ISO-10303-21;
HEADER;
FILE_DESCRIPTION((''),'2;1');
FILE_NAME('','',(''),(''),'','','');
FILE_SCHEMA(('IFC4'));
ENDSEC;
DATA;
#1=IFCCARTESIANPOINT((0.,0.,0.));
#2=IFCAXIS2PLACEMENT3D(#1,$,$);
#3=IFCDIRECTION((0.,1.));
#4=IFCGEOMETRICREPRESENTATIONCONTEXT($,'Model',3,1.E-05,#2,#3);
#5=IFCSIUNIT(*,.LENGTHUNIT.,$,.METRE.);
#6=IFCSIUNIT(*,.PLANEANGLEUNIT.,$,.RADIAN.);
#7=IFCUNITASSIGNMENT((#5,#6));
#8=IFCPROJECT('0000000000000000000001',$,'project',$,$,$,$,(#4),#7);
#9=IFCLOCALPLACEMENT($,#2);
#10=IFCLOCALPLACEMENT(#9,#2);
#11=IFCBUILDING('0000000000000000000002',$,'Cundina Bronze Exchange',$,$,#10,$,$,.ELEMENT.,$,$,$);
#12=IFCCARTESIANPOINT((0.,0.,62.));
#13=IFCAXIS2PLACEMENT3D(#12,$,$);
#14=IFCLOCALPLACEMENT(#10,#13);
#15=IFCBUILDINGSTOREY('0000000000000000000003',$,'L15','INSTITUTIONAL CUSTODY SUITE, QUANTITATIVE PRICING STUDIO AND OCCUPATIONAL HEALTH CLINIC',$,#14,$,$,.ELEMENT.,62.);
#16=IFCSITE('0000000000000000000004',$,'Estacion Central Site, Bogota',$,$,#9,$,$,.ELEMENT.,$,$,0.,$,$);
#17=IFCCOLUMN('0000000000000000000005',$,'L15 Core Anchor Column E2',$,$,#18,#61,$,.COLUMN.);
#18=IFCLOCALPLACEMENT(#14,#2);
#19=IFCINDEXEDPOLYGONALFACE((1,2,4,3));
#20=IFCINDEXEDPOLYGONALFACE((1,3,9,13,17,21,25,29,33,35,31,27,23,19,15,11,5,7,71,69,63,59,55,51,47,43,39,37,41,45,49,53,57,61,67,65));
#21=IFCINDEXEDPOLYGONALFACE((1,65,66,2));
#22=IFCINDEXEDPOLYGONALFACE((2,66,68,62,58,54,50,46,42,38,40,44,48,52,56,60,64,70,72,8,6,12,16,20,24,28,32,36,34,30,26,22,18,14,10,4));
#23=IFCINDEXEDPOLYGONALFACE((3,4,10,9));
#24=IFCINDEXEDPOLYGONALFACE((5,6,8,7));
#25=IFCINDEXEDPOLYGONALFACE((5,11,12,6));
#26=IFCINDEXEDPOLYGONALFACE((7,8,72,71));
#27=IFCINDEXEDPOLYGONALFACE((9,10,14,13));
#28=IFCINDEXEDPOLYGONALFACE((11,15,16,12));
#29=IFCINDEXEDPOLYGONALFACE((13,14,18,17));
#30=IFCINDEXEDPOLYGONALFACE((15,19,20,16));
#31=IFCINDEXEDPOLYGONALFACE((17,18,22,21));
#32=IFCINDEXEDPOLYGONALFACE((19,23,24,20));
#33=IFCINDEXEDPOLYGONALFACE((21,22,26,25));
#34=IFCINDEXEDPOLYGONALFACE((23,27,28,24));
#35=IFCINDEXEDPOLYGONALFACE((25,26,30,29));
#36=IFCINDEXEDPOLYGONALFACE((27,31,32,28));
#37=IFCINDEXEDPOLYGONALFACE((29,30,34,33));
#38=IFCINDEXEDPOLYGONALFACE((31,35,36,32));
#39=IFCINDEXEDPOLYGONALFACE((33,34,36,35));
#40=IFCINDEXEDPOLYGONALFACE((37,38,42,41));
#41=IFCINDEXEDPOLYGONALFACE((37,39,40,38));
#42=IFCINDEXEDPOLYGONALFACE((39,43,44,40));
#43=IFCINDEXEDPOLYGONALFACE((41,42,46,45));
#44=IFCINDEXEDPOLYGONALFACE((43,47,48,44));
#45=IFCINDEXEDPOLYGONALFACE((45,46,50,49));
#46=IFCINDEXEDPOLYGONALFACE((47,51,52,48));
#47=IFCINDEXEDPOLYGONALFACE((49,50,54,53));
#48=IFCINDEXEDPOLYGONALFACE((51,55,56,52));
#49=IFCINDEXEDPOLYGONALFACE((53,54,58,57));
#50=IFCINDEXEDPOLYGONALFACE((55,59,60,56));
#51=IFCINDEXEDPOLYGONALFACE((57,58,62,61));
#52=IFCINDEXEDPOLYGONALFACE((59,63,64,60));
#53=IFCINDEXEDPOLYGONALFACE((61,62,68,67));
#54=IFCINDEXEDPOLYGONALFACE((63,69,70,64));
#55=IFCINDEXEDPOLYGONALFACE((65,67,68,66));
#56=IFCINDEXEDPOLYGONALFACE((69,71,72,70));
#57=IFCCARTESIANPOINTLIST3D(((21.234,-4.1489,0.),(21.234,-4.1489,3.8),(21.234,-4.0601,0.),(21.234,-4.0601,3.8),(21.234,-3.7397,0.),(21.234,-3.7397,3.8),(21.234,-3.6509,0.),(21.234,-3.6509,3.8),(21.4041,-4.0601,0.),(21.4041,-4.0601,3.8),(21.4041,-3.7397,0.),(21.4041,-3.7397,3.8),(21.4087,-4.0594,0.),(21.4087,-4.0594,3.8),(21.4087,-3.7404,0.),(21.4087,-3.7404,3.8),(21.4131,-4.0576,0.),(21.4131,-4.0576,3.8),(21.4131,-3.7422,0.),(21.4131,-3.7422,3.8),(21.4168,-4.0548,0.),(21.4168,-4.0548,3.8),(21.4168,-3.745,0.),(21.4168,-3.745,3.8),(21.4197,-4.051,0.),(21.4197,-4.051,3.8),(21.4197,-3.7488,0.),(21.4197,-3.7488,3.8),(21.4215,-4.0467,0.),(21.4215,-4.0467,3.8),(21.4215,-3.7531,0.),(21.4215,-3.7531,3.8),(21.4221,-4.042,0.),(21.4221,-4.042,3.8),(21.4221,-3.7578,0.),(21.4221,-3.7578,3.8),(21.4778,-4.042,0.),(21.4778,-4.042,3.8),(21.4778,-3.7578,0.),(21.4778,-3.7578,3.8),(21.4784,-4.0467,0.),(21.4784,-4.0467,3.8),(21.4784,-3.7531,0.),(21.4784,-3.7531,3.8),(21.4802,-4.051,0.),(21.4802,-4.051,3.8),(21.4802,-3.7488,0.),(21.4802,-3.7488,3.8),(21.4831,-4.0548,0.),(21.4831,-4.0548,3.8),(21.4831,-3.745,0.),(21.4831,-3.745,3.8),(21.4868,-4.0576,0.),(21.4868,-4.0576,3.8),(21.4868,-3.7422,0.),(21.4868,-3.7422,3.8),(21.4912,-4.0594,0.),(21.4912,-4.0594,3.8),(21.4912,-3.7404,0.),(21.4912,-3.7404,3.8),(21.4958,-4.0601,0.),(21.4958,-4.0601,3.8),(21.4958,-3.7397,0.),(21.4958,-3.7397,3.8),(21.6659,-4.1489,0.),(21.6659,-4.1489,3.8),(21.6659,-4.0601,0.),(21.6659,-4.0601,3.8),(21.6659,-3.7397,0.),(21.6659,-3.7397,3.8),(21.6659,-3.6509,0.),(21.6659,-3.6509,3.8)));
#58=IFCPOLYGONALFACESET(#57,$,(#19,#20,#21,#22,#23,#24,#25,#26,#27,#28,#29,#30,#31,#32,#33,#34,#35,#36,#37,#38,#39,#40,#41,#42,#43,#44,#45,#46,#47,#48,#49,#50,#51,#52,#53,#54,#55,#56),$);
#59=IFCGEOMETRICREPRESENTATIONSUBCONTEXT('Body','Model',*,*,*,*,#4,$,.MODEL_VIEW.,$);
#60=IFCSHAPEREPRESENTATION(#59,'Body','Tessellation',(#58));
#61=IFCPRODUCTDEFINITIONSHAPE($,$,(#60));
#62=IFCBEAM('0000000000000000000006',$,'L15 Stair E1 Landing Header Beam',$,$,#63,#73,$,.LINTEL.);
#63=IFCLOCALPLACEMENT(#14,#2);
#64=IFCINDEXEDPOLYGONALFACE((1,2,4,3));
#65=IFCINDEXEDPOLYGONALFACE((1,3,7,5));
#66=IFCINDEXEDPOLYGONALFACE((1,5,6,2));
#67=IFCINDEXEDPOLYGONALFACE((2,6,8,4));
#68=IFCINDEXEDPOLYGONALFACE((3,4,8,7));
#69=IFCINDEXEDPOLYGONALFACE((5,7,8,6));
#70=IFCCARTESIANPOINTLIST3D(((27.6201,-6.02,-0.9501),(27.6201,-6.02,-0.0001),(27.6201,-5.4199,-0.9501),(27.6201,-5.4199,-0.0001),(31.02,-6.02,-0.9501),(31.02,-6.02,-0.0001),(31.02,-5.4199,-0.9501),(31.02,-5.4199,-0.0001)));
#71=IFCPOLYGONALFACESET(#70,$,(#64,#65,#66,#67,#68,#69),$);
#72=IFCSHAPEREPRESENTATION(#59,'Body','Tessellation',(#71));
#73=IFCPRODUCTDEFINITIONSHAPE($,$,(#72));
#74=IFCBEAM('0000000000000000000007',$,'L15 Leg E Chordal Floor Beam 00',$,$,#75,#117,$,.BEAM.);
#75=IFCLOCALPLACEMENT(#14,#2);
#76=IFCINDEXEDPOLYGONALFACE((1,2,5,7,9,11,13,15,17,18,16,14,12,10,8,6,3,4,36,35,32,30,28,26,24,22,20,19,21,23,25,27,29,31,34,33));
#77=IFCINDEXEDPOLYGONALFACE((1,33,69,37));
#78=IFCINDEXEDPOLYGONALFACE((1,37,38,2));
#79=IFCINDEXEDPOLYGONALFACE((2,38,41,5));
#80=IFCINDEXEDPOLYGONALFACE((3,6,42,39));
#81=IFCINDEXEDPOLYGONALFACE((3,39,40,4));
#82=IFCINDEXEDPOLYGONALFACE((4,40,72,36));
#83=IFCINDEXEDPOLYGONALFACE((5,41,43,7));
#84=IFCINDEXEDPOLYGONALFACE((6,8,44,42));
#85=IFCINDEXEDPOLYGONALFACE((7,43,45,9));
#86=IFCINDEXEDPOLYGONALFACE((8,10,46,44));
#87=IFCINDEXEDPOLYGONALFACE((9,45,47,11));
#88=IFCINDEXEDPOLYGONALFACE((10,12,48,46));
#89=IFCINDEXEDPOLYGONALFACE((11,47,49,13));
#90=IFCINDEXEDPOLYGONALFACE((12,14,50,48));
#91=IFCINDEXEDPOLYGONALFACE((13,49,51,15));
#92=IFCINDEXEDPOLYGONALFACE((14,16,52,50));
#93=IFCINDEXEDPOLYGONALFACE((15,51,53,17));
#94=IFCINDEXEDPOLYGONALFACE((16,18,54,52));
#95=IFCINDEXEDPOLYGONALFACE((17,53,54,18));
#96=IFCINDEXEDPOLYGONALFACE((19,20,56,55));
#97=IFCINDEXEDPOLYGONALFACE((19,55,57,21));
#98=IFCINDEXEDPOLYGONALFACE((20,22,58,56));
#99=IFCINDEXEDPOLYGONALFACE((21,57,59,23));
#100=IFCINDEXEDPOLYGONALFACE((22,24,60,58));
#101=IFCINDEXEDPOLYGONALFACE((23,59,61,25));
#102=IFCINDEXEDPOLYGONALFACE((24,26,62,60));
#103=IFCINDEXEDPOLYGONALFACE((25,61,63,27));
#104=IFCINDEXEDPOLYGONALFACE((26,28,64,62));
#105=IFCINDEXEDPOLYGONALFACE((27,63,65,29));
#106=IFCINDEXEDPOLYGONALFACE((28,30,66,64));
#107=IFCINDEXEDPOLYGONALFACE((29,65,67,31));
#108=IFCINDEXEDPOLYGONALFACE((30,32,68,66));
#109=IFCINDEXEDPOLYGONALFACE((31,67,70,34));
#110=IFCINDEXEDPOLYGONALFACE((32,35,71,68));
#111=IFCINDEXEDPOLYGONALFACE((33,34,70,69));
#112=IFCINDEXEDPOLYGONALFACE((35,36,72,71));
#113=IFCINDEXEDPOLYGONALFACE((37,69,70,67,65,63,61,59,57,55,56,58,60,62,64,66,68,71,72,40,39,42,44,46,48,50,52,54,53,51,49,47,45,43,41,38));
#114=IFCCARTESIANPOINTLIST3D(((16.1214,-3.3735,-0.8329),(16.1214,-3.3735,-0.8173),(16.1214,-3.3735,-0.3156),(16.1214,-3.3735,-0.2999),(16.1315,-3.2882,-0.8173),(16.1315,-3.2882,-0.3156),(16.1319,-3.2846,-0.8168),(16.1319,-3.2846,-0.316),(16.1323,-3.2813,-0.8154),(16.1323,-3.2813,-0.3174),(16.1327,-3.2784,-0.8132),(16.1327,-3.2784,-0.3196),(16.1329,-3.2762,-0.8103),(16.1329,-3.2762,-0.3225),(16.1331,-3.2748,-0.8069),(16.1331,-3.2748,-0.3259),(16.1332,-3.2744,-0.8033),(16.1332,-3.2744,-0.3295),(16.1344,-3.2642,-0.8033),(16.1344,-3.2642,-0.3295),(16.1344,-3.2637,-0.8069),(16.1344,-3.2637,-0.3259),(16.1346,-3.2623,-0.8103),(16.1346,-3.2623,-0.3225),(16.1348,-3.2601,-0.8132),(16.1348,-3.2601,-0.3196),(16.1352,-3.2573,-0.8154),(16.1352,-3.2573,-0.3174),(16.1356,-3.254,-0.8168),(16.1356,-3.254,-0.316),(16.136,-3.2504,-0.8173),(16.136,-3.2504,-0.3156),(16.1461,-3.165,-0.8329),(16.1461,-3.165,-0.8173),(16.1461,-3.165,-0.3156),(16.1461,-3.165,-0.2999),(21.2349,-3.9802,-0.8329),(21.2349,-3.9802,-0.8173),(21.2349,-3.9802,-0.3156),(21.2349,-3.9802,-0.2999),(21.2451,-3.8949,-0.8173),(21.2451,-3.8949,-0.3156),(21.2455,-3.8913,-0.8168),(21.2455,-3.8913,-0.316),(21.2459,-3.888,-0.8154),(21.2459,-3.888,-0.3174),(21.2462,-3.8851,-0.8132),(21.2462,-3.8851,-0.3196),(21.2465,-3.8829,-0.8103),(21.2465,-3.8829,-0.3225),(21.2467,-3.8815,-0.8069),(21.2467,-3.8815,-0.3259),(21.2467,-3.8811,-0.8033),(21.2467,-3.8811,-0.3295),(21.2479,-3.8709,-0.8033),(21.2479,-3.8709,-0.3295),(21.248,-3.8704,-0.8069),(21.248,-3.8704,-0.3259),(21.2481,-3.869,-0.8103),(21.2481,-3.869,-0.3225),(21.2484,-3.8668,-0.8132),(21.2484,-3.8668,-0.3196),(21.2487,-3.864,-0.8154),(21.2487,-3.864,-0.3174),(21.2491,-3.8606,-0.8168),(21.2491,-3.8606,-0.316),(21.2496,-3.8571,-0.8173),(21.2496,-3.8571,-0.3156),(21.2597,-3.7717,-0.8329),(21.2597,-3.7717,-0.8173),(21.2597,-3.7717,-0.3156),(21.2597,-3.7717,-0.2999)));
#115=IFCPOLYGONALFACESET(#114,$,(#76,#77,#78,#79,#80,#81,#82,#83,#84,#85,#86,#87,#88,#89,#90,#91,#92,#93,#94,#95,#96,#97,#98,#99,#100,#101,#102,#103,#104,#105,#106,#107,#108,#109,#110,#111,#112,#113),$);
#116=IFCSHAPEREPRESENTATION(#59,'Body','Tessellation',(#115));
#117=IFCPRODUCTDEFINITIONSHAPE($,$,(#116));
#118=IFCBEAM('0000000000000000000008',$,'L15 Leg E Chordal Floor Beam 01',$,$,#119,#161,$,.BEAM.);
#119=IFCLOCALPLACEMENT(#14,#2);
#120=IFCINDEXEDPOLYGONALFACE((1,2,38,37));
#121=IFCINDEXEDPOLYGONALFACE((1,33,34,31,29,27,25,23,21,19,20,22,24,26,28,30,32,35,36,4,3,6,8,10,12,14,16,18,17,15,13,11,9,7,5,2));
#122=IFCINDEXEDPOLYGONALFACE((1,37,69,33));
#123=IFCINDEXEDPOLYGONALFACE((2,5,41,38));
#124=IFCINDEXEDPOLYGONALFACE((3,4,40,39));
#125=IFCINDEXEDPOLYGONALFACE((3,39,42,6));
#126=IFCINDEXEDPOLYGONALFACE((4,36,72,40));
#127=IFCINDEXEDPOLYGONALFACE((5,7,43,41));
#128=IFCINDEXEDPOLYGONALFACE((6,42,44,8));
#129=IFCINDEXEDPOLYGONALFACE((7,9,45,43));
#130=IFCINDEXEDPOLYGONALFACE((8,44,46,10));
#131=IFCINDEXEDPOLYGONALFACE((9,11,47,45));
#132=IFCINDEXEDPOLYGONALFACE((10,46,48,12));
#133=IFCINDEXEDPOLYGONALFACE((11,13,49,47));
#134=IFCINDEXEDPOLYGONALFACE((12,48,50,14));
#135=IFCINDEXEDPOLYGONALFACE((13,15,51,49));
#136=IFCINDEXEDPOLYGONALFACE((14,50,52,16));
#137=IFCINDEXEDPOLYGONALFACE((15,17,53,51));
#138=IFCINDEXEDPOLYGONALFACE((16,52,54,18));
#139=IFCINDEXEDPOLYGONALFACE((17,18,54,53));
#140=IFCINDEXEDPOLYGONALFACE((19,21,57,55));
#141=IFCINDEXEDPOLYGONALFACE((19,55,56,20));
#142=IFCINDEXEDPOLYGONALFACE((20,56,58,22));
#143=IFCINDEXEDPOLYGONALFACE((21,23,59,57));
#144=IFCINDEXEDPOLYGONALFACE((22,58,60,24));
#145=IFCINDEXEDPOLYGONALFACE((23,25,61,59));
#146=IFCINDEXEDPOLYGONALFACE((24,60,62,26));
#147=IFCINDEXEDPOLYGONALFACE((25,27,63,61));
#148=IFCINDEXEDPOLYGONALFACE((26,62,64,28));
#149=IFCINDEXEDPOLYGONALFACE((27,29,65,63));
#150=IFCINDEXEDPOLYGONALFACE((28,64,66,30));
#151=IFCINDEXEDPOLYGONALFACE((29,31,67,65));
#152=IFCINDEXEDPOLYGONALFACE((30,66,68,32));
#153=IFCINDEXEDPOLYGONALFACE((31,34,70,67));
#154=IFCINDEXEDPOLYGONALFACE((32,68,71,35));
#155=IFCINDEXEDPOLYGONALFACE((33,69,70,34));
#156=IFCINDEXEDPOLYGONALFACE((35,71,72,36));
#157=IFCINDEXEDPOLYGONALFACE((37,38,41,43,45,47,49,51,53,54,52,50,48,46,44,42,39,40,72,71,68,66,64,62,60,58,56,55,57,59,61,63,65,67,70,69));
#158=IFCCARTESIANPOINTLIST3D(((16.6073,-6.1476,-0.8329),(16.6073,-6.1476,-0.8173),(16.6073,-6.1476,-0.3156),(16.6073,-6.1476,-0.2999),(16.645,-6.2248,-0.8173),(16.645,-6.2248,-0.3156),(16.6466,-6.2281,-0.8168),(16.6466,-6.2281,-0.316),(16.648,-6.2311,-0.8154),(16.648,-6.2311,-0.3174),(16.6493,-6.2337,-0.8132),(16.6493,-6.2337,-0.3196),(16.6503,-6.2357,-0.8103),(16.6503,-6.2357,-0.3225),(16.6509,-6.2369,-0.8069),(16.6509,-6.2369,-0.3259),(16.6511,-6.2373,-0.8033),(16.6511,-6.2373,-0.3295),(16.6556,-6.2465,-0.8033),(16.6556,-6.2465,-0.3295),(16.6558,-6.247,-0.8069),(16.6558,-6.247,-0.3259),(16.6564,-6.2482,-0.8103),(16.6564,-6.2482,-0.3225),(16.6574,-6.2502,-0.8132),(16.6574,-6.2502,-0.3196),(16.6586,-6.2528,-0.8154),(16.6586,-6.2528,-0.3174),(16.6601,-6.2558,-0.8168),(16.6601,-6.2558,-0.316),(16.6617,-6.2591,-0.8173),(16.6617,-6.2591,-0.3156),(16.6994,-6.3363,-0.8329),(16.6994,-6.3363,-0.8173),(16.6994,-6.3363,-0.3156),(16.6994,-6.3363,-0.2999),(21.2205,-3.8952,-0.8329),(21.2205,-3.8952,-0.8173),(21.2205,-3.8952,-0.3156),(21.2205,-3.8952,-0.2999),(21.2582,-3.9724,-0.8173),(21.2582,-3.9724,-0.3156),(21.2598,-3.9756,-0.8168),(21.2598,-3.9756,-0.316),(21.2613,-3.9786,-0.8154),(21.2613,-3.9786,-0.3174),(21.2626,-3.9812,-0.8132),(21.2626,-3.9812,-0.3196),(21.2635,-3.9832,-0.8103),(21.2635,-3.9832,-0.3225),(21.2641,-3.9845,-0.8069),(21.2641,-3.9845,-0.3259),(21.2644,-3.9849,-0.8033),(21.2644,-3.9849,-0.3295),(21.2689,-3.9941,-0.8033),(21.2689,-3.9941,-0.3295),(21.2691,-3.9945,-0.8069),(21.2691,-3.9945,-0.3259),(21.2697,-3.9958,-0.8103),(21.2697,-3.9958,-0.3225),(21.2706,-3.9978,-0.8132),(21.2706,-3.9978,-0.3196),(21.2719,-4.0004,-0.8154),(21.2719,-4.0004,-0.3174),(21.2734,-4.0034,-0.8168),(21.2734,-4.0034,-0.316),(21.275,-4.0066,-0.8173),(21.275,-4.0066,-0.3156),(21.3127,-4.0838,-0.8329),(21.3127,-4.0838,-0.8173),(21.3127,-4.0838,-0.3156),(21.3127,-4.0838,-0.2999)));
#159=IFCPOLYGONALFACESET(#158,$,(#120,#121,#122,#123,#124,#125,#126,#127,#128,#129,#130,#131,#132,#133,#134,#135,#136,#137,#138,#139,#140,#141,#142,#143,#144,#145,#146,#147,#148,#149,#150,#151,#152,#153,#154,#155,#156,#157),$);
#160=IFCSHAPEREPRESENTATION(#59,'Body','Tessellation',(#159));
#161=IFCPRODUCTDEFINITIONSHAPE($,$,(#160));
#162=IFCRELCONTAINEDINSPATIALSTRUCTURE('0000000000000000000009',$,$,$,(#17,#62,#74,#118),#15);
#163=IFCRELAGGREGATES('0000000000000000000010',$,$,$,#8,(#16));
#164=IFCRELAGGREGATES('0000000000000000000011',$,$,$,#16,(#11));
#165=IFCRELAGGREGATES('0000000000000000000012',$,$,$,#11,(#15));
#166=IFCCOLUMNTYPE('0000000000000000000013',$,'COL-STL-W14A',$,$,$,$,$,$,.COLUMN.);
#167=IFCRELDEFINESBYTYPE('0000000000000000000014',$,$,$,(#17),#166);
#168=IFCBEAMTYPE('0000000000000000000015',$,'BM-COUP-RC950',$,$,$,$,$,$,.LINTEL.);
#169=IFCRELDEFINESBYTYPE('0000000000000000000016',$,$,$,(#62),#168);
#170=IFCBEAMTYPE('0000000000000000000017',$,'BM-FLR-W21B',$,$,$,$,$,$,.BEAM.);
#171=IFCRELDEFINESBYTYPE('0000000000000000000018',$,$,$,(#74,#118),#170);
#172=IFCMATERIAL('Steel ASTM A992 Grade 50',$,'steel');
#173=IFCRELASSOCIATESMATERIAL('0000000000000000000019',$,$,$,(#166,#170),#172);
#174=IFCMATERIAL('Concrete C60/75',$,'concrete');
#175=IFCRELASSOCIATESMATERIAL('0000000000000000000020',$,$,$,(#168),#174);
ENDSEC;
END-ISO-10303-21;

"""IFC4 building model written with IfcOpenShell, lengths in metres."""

from ifc_helpers import new_model, si_unit, direction, frame, origin, origin_2d, place, context, subcontext, project, spatial, rectangle, i_section, extrude, material, material_profile, profile_set, type_object, element, save


model = new_model("IFC4")

# Units and contexts
model_context = context("Model", 3, precision=1e-05, world=origin(), true_north=direction((0.0, 1.0)))
body_context = subcontext(model_context, "Body", "Model", "MODEL_VIEW")
ifc_project = project(units=[si_unit("LENGTHUNIT", "METRE"), si_unit("PLANEANGLEUNIT", "RADIAN")], contexts=[model_context])

# Site, building, storey
site_placement = place(None, origin())
site = spatial("IfcSite", under=ifc_project, at=site_placement, Name="Estacion Central Site, Bogota", CompositionType="ELEMENT", RefElevation=0.0)
building_placement = place(site_placement, origin())
building = spatial("IfcBuilding", under=site, at=building_placement, Name="Cundina Bronze Exchange", CompositionType="ELEMENT")
storey_placement = place(building_placement, frame((0.0, 0.0, 62.0)))
storey = spatial("IfcBuildingStorey", under=building, at=storey_placement, Name="L15", Description="INSTITUTIONAL CUSTODY SUITE, QUANTITATIVE PRICING STUDIO AND OCCUPATIONAL HEALTH CLINIC", CompositionType="ELEMENT", Elevation=62.0)

# Column
ifc_material_1 = material(Name="Steel ASTM A992 Grade 50", Category="steel")
ifc_material_profile_1 = material_profile(ifc_material_1, i_section(OverallWidth=0.4319, OverallDepth=0.498, WebThickness=0.0557, FlangeThickness=0.0889, FilletRadius=0.0181, at=origin_2d()), Name="W14X500", Category="steel")
ifc_profile_set_1 = profile_set([ifc_material_profile_1], Name="Steel ASTM A992 Grade 50")
column_type = type_object("IfcColumnType", Name="COL-STL-W14A", PredefinedType="COLUMN", material=ifc_profile_set_1)
column_placement = place(storey_placement, frame((21.45, -3.8999, 0.0), z_axis=(0.0, 0.0, 1.0), x_axis=(1.0, 0.0, 0.0)))
element("IfcColumn", 1, at=column_placement, inside=storey, type_object=column_type, Name="L15 Core Anchor Column E2", PredefinedType="COLUMN", context=body_context, shape_type="SweptSolid", body=[
    extrude(i_section(OverallWidth=0.4319, OverallDepth=0.498, WebThickness=0.0557, FlangeThickness=0.0889, FilletRadius=0.0181, at=origin_2d()), origin(), (0.0, 0.0, 1.0), 3.8),
])

# Beams
ifc_material_2 = material(Name="Concrete C60/75", Category="concrete")
ifc_material_profile_2 = material_profile(ifc_material_2, rectangle(XDim=0.6001, YDim=0.95, at=origin_2d()), Name="RC600X950", Category="concrete")
ifc_profile_set_2 = profile_set([ifc_material_profile_2], Name="Concrete C60/75")
beam_type_1 = type_object("IfcBeamType", Name="BM-COUP-RC950", PredefinedType="LINTEL", material=ifc_profile_set_2)
beam_1_placement = place(storey_placement, frame((27.6201, -5.72, -0.4751), z_axis=(1.0, 0.0, 0.0), x_axis=(0.0, 1.0, 0.0)))
element("IfcBeam", 2, at=beam_1_placement, inside=storey, type_object=beam_type_1, Name="L15 Stair E1 Landing Header Beam", PredefinedType="LINTEL", context=body_context, shape_type="SweptSolid", body=[
    extrude(rectangle(XDim=0.6001, YDim=0.95, at=origin_2d()), origin(), (0.0, 0.0, 1.0), 3.3999),
])
ifc_material_profile_3 = material_profile(ifc_material_1, i_section(OverallWidth=0.21, OverallDepth=0.533, WebThickness=0.0103, FlangeThickness=0.0156, FilletRadius=0.0139, at=origin_2d()), Name="W21X62", Category="steel")
ifc_profile_set_3 = profile_set([ifc_material_profile_3], Name="Steel ASTM A992 Grade 50")
beam_type_2 = type_object("IfcBeamType", Name="BM-FLR-W21B", PredefinedType="BEAM", material=ifc_profile_set_3)
beam_2_placement = place(storey_placement, frame((21.2473, -3.876, -0.5664), z_axis=(-0.993035, 0.117818, 0.0), x_axis=(-0.117818, -0.993035, 0.0)))
element("IfcBeam", 3, at=beam_2_placement, inside=storey, type_object=beam_type_2, Name="L15 Leg E Chordal Floor Beam 00", PredefinedType="BEAM", context=body_context, shape_type="SweptSolid", body=[
    extrude(i_section(OverallWidth=0.21, OverallDepth=0.533, WebThickness=0.0103, FlangeThickness=0.0156, FilletRadius=0.0139, at=origin_2d()), origin(), (0.0, 0.0, 1.0), 5.1494),
])
beam_3_placement = place(storey_placement, frame((21.2666, -3.9895, -0.5664), z_axis=(-0.89861, -0.438748, 0.0), x_axis=(0.438748, -0.89861, 0.0)))
element("IfcBeam", 4, at=beam_3_placement, inside=storey, type_object=beam_type_2, Name="L15 Leg E Chordal Floor Beam 01", PredefinedType="BEAM", context=body_context, shape_type="SweptSolid", body=[
    extrude(i_section(OverallWidth=0.21, OverallDepth=0.533, WebThickness=0.0103, FlangeThickness=0.0156, FilletRadius=0.0139, at=origin_2d()), origin(), (0.0, 0.0, 1.0), 5.1338),
])

save(model, "model.ifc")
